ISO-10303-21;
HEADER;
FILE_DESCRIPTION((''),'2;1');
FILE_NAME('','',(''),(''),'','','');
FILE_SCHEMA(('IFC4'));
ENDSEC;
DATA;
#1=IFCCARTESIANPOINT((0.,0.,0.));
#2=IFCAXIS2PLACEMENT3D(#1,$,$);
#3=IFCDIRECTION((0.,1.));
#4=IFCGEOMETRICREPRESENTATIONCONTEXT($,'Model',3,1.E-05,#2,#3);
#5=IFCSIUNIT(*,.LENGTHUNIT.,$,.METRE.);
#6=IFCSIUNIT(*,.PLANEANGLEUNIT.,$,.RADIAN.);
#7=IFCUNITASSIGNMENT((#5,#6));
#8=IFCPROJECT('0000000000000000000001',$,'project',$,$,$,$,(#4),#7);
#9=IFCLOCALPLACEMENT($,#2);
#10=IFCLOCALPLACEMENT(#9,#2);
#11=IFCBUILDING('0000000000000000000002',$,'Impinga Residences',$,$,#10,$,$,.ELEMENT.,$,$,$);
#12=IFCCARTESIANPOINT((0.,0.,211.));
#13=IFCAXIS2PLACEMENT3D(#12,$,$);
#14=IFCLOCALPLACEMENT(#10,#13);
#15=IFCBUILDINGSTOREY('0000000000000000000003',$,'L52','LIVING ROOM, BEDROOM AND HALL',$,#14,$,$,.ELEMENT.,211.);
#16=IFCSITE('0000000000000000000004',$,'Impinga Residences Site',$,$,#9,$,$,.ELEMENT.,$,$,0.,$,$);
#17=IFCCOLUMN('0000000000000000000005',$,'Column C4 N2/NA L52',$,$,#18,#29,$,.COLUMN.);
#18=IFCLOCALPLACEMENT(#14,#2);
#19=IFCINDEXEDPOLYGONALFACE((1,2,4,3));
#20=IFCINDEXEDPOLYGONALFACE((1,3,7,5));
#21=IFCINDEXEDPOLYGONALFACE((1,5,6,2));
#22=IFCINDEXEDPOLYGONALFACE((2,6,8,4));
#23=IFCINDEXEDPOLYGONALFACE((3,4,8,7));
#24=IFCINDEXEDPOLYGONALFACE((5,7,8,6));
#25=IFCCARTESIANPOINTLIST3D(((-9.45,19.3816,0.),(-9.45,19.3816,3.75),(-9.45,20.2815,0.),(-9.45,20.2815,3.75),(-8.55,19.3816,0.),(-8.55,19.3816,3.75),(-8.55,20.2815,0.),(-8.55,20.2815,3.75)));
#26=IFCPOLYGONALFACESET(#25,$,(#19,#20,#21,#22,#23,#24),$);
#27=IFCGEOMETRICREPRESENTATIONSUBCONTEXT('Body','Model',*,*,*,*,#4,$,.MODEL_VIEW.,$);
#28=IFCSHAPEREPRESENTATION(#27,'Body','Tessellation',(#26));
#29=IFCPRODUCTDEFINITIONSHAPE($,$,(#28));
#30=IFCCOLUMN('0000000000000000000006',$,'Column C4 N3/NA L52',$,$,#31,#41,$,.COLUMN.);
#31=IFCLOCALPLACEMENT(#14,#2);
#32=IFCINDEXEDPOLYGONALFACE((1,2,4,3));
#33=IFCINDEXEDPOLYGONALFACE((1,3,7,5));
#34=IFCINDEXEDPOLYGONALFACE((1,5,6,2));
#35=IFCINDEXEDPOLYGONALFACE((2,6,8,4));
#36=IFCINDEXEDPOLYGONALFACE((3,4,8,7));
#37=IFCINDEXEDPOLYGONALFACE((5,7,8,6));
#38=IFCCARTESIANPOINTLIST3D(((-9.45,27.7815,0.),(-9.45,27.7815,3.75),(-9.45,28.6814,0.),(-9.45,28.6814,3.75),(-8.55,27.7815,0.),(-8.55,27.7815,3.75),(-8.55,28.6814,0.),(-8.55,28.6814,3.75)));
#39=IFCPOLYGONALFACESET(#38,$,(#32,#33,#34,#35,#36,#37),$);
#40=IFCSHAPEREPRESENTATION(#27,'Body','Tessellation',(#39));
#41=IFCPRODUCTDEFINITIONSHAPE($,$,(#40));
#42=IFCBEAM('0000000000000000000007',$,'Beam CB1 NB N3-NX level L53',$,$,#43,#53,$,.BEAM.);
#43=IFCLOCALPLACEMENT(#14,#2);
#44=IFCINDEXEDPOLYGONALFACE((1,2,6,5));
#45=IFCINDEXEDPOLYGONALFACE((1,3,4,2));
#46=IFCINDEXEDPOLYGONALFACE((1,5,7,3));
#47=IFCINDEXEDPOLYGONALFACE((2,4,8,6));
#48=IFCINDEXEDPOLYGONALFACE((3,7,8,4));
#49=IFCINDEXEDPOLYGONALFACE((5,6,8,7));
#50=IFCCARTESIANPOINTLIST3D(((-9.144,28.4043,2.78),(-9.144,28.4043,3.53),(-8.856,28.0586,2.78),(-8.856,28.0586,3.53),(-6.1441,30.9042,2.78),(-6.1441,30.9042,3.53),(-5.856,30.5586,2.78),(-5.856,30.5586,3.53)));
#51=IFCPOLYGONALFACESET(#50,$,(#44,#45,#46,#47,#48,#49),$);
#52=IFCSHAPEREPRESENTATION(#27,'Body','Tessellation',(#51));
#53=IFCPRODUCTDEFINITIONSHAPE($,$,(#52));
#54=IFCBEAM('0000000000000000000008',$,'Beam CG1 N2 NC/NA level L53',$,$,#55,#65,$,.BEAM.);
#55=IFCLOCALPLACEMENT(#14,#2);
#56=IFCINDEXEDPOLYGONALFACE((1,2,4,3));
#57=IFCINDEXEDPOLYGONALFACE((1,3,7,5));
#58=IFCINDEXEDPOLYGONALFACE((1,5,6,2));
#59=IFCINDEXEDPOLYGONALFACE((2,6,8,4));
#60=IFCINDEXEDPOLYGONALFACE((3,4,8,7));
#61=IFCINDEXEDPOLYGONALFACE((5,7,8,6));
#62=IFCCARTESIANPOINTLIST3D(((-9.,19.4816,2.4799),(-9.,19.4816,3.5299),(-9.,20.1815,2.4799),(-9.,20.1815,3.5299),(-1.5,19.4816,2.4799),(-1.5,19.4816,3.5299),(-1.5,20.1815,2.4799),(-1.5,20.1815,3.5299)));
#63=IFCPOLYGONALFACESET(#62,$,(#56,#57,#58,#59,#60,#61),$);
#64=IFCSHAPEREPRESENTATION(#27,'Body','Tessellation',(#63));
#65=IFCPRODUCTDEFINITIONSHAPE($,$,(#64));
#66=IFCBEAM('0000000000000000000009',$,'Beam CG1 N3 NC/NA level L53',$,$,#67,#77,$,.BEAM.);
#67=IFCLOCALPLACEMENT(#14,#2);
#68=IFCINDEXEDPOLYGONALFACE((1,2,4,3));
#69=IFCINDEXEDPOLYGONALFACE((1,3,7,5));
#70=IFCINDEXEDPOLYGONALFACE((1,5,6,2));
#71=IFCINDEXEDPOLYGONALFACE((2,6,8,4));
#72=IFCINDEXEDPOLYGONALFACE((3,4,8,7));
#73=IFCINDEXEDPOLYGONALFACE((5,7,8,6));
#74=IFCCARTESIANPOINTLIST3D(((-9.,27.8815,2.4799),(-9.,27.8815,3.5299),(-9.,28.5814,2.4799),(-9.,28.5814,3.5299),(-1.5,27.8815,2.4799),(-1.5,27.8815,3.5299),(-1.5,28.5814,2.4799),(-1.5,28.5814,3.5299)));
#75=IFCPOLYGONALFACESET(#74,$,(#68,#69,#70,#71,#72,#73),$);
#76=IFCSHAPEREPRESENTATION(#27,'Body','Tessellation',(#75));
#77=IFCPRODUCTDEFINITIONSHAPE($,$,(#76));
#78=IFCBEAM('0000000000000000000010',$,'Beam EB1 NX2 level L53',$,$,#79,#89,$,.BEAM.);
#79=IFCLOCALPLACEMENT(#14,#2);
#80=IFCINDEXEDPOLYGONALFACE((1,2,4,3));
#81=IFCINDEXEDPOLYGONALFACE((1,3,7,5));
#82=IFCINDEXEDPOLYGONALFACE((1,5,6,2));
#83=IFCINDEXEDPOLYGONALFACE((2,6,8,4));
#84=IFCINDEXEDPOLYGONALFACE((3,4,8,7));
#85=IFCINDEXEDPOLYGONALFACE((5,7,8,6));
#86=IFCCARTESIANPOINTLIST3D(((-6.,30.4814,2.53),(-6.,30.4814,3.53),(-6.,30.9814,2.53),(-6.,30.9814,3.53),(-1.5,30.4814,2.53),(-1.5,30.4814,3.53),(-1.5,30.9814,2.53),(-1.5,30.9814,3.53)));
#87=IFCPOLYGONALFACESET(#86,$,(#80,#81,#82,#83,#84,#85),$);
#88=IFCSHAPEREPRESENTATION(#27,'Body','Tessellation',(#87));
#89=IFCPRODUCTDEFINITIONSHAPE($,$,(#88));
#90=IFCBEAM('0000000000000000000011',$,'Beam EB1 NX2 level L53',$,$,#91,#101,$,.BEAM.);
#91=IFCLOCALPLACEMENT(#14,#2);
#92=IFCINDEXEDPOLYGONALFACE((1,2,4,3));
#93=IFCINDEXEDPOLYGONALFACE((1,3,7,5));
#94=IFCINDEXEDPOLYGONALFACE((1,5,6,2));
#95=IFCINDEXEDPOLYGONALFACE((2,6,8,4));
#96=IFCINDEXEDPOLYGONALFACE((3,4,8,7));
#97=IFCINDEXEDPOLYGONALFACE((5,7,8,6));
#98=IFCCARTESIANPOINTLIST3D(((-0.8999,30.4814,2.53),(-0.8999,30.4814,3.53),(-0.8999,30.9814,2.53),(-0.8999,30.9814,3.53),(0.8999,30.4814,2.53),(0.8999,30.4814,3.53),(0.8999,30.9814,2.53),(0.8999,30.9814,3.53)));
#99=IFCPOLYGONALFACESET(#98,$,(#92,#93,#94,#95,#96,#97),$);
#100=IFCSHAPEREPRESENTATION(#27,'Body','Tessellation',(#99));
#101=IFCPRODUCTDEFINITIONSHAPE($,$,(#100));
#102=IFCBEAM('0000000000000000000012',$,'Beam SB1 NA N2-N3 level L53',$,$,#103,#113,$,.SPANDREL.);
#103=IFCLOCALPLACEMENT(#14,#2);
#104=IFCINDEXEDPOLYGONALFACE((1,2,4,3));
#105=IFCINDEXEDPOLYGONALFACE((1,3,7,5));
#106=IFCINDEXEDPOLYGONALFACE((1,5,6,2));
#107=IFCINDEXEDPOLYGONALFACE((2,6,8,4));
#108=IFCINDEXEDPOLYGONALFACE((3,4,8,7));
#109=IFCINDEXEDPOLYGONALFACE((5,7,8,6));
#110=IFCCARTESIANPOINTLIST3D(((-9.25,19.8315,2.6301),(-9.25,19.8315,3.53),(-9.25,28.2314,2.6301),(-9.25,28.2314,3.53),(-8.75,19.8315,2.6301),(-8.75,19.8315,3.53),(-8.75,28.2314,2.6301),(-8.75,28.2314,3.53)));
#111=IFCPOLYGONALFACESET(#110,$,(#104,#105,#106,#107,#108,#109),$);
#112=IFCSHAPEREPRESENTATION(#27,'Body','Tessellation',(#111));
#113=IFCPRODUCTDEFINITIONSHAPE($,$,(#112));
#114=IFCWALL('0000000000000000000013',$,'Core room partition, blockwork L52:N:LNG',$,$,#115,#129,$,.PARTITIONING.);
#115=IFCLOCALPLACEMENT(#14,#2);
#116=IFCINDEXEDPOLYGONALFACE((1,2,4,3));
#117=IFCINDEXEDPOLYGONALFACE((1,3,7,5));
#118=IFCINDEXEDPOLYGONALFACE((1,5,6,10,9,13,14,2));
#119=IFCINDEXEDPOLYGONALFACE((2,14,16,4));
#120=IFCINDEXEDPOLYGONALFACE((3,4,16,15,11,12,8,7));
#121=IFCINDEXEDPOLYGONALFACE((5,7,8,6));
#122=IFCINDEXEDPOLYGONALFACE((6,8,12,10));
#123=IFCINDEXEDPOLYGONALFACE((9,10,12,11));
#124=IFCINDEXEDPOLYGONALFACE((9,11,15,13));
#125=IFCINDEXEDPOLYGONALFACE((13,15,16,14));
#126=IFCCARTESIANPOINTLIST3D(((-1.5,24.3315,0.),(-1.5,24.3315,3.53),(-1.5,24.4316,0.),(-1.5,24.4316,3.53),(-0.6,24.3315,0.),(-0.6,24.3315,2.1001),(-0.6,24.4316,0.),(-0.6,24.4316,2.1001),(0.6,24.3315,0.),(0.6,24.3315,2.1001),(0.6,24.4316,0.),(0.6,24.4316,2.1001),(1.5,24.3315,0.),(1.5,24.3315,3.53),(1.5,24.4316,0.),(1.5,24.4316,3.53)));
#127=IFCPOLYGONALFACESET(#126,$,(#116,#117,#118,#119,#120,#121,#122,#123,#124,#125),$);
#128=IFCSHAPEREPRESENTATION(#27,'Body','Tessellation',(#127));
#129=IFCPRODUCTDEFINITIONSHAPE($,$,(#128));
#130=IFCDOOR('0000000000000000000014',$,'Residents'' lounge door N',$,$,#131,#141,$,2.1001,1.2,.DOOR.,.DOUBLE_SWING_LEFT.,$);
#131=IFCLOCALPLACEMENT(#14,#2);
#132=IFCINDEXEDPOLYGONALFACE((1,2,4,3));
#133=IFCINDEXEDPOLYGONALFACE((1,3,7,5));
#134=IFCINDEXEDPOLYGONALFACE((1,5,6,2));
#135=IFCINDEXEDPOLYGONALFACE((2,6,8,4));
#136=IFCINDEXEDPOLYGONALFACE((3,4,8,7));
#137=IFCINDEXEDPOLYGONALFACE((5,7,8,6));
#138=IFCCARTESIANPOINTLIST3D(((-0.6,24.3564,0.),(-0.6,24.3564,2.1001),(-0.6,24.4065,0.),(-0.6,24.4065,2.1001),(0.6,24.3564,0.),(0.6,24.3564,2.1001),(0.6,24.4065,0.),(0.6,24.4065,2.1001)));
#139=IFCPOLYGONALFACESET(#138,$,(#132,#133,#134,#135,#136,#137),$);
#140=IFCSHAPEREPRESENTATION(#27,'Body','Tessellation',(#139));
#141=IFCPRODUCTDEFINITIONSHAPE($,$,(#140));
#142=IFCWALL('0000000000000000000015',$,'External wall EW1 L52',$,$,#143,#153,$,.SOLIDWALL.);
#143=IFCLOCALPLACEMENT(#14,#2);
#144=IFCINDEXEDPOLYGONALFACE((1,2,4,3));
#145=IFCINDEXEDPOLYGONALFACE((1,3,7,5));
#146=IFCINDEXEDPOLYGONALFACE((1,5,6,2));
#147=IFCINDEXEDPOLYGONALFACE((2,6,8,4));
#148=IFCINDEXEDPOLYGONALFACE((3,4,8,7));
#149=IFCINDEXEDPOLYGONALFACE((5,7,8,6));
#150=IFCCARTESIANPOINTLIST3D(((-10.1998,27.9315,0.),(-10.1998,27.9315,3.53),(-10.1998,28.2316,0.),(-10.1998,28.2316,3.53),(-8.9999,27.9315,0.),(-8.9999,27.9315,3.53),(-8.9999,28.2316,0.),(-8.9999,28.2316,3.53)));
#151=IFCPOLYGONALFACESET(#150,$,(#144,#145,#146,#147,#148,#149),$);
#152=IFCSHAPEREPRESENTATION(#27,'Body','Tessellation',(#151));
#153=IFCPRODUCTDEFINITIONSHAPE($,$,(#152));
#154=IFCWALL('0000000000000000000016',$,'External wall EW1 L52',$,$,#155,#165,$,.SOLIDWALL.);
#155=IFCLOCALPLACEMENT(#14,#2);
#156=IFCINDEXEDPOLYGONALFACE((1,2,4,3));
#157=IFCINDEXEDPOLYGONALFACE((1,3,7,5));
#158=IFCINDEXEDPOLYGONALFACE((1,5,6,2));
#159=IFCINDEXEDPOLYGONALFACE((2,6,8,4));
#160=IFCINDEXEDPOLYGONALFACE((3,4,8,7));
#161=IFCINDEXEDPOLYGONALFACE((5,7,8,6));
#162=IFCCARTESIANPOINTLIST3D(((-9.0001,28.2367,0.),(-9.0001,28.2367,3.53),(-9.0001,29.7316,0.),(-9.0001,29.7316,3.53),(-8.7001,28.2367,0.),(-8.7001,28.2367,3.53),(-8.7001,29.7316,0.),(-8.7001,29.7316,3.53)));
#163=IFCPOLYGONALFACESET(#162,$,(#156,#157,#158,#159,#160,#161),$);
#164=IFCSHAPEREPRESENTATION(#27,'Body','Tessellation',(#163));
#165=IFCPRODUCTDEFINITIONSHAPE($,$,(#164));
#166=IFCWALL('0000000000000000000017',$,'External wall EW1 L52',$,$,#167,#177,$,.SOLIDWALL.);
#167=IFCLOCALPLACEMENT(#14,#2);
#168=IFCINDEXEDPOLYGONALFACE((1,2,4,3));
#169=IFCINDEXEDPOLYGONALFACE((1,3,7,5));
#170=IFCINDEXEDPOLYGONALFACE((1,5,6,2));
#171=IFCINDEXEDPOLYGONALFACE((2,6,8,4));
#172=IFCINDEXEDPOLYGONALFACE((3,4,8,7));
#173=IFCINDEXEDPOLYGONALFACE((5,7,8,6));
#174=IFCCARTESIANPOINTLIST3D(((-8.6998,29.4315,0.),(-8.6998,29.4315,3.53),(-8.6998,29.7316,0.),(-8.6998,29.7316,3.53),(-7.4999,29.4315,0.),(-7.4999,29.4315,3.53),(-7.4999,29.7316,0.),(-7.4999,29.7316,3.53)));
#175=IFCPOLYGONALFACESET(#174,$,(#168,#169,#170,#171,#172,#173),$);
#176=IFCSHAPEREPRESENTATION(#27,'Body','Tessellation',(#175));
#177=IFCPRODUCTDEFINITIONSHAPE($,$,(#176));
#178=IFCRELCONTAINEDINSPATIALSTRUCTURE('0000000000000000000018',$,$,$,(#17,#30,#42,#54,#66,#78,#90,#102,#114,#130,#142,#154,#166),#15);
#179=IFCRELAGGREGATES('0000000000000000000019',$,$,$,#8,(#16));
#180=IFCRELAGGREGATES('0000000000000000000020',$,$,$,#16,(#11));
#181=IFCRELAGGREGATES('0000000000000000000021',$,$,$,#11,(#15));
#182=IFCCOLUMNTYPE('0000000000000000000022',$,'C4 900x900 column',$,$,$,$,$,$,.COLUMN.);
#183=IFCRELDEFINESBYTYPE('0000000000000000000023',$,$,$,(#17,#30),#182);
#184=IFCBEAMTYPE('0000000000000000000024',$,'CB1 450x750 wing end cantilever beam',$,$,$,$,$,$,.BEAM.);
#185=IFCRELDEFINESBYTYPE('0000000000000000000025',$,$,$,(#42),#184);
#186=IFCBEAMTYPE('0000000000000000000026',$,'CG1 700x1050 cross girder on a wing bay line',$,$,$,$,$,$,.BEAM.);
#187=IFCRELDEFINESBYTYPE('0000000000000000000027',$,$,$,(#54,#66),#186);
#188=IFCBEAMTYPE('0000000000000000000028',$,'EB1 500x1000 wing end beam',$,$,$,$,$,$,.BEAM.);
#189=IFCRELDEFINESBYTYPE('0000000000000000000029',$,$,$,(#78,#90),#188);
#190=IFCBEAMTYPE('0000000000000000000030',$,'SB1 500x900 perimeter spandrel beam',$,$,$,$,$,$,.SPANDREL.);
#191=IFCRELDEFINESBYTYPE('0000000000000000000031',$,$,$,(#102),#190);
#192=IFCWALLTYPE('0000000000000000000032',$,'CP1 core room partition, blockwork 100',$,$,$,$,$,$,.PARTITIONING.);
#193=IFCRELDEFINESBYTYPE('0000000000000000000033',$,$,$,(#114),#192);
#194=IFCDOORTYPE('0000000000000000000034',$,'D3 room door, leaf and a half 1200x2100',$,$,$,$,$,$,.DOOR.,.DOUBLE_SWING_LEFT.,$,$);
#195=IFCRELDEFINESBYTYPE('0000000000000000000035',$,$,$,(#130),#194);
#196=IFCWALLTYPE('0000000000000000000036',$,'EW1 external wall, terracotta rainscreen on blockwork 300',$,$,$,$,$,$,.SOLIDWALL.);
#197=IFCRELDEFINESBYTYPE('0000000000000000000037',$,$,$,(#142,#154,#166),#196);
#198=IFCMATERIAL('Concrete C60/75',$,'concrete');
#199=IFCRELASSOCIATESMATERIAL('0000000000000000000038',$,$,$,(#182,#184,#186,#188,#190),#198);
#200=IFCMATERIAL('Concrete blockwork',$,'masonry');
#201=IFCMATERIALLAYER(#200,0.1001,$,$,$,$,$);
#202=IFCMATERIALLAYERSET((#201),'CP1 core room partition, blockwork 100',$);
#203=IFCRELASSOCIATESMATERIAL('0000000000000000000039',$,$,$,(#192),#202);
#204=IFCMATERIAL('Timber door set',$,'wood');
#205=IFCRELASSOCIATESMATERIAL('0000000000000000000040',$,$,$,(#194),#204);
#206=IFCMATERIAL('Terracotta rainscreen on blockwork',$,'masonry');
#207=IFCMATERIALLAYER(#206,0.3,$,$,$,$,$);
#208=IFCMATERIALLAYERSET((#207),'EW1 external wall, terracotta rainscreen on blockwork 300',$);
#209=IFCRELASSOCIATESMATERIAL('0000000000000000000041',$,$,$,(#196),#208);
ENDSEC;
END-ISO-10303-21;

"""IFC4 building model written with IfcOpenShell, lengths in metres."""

from ifc_helpers import new_model, si_unit, direction, frame, frame_2d, origin, origin_2d, place, context, subcontext, project, spatial, rectangle, extrude, material, layer, layer_set, material_profile, profile_set, type_object, element, fill, save


model = new_model("IFC4")

# Units and contexts
model_context = context("Model", 3, precision=1e-05, world=origin(), true_north=direction((0.0, 1.0)))
body_context = subcontext(model_context, "Body", "Model", "MODEL_VIEW")
ifc_project = project(units=[si_unit("LENGTHUNIT", "METRE"), si_unit("PLANEANGLEUNIT", "RADIAN")], contexts=[model_context])

# Site, building, storey
site_placement = place(None, origin())
site = spatial("IfcSite", under=ifc_project, at=site_placement, Name="Impinga Residences Site", CompositionType="ELEMENT", RefElevation=0.0)
building_placement = place(site_placement, origin())
building = spatial("IfcBuilding", under=site, at=building_placement, Name="Impinga Residences", CompositionType="ELEMENT")
storey_placement = place(building_placement, frame((0.0, 0.0, 211.0)))
storey = spatial("IfcBuildingStorey", under=building, at=storey_placement, Name="L52", Description="LIVING ROOM, BEDROOM AND HALL", CompositionType="ELEMENT", Elevation=211.0)

# Columns
ifc_material_1 = material(Name="Concrete C60/75", Category="concrete")
ifc_material_profile_1 = material_profile(ifc_material_1, rectangle(XDim=0.8999, YDim=0.8999, at=origin_2d()), Name="RC 900x900")
ifc_profile_set_1 = profile_set([ifc_material_profile_1], Name="Concrete C60/75")
column_type = type_object("IfcColumnType", Name="C4 900x900 column", PredefinedType="COLUMN", material=ifc_profile_set_1)
for number, where, z_axis, x_axis, name in (
    (1, (-9.0, 19.8315, 0.0), (0.0, 0.0, 1.0), (1.0, 0.0, 0.0), "Column C4 N2/NA L52"),
    (2, (-9.0, 28.2314, 0.0), (0.0, 0.0, 1.0), (1.0, 0.0, 0.0), "Column C4 N3/NA L52"),
):
    element("IfcColumn", number, at=place(storey_placement, frame(where, z_axis=z_axis, x_axis=x_axis)), inside=storey, type_object=column_type, Name=name, PredefinedType="COLUMN", context=body_context, shape_type="SweptSolid", body=[
        extrude(rectangle(XDim=0.8999, YDim=0.8999, at=origin_2d()), origin(), (0.0, 0.0, 1.0), 3.75),
    ])

# Beams
ifc_material_profile_2 = material_profile(ifc_material_1, rectangle(XDim=0.45, YDim=0.75, at=origin_2d()), Name="RC 450x750")
ifc_profile_set_2 = profile_set([ifc_material_profile_2], Name="Concrete C60/75")
beam_type_1 = type_object("IfcBeamType", Name="CB1 450x750 wing end cantilever beam", PredefinedType="BEAM", material=ifc_profile_set_2)
beam_1_placement = place(storey_placement, frame((-9.0, 28.2314, 3.155), z_axis=(0.768221, 0.640184, 0.0), x_axis=(-0.640184, 0.768221, 0.0)))
element("IfcBeam", 3, at=beam_1_placement, inside=storey, type_object=beam_type_1, Name="Beam CB1 NB N3-NX level L53", PredefinedType="BEAM", context=body_context, shape_type="SweptSolid", body=[
    extrude(rectangle(XDim=0.45, YDim=0.75, at=origin_2d()), origin(), (0.0, 0.0, 1.0), 3.905),
])
ifc_material_profile_3 = material_profile(ifc_material_1, rectangle(XDim=0.7, YDim=1.05, at=origin_2d()), Name="RC 700x1050")
ifc_profile_set_3 = profile_set([ifc_material_profile_3], Name="Concrete C60/75")
beam_type_2 = type_object("IfcBeamType", Name="CG1 700x1050 cross girder on a wing bay line", PredefinedType="BEAM", material=ifc_profile_set_3)
for number, where, z_axis, x_axis, name in (
    (4, (-1.5, 19.8315, 3.0049), (-1.0, 0.0, 0.0), (0.0, -1.0, 0.0), "Beam CG1 N2 NC/NA level L53"),
    (5, (-1.5, 28.2314, 3.0049), (-1.0, 0.0, 0.0), (0.0, -1.0, 0.0), "Beam CG1 N3 NC/NA level L53"),
):
    element("IfcBeam", number, at=place(storey_placement, frame(where, z_axis=z_axis, x_axis=x_axis)), inside=storey, type_object=beam_type_2, Name=name, PredefinedType="BEAM", context=body_context, shape_type="SweptSolid", body=[
        extrude(rectangle(XDim=0.7, YDim=1.05, at=origin_2d()), origin(), (0.0, 0.0, 1.0), 7.5),
    ])
ifc_material_profile_4 = material_profile(ifc_material_1, rectangle(XDim=0.5, YDim=1.0, at=origin_2d()), Name="RC 500x1000")
ifc_profile_set_4 = profile_set([ifc_material_profile_4], Name="Concrete C60/75")
beam_type_3 = type_object("IfcBeamType", Name="EB1 500x1000 wing end beam", PredefinedType="BEAM", material=ifc_profile_set_4)
beam_2_placement = place(storey_placement, frame((-6.0, 30.7314, 3.03), z_axis=(1.0, 0.0, 0.0), x_axis=(0.0, 1.0, 0.0)))
element("IfcBeam", 6, at=beam_2_placement, inside=storey, type_object=beam_type_3, Name="Beam EB1 NX2 level L53", PredefinedType="BEAM", context=body_context, shape_type="SweptSolid", body=[
    extrude(rectangle(XDim=0.5, YDim=1.0, at=origin_2d()), origin(), (0.0, 0.0, 1.0), 4.5),
])
beam_3_placement = place(storey_placement, frame((-0.8999, 30.7314, 3.03), z_axis=(1.0, 0.0, 0.0), x_axis=(0.0, 1.0, 0.0)))
element("IfcBeam", 7, at=beam_3_placement, inside=storey, type_object=beam_type_3, Name="Beam EB1 NX2 level L53", PredefinedType="BEAM", context=body_context, shape_type="SweptSolid", body=[
    extrude(rectangle(XDim=0.5, YDim=1.0, at=origin_2d()), origin(), (0.0, 0.0, 1.0), 1.7998),
])
ifc_material_profile_5 = material_profile(ifc_material_1, rectangle(XDim=0.5, YDim=0.8999, at=origin_2d()), Name="RC 500x900")
ifc_profile_set_5 = profile_set([ifc_material_profile_5], Name="Concrete C60/75")
beam_type_4 = type_object("IfcBeamType", Name="SB1 500x900 perimeter spandrel beam", PredefinedType="SPANDREL", material=ifc_profile_set_5)
beam_4_placement = place(storey_placement, frame((-9.0, 19.8315, 3.0801), z_axis=(0.0, 1.0, 0.0), x_axis=(-1.0, 0.0, 0.0)))
element("IfcBeam", 8, at=beam_4_placement, inside=storey, type_object=beam_type_4, Name="Beam SB1 NA N2-N3 level L53", PredefinedType="SPANDREL", context=body_context, shape_type="SweptSolid", body=[
    extrude(rectangle(XDim=0.5, YDim=0.8999, at=origin_2d()), origin(), (0.0, 0.0, 1.0), 8.3999),
])

# Wall, opening, door
ifc_material_2 = material(Name="Concrete blockwork", Category="masonry")
ifc_layer_1 = layer(ifc_material_2, 0.1001)
ifc_layer_set_1 = layer_set([ifc_layer_1], Name="CP1 core room partition, blockwork 100")
wall_type_1 = type_object("IfcWallType", Name="CP1 core room partition, blockwork 100", PredefinedType="PARTITIONING", material=ifc_layer_set_1)
wall_1_placement = place(storey_placement, frame((-1.5, 24.3816, 0.0), z_axis=(0.0, 0.0, 1.0), x_axis=(1.0, 0.0, 0.0)))
wall_1 = element("IfcWall", 9, at=wall_1_placement, inside=storey, type_object=wall_type_1, Name="Core room partition, blockwork L52:N:LNG", PredefinedType="PARTITIONING", context=body_context, shape_type="SweptSolid", body=[
    extrude(rectangle(XDim=3.0, YDim=0.1001, at=frame_2d((1.5, 0.0))), origin(), (0.0, 0.0, 1.0), 3.53),
])
opening_1_placement = place(wall_1_placement, frame((0.8999, 0.0, 0.0)))
opening_1 = element("IfcOpeningElement", 10, at=opening_1_placement, cuts=wall_1, PredefinedType="OPENING", context=body_context, shape_type="SweptSolid", body=[
    extrude(rectangle(XDim=1.2, YDim=2.1001, at=frame_2d((0.6001, 1.05))), frame((0.0, 0.0601, 0.0), z_axis=(0.0, -1.0, 0.0), x_axis=(1.0, 0.0, 0.0)), (0.0, 0.0, 1.0), 0.1201),
])
ifc_material_3 = material(Name="Timber door set", Category="wood")
door_type_1 = type_object("IfcDoorType", Name="D3 room door, leaf and a half 1200x2100", OperationType="DOUBLE_SWING_LEFT", PredefinedType="DOOR", material=ifc_material_3)
door_1_placement = place(opening_1_placement, origin())
door_1 = element("IfcDoor", 11, at=door_1_placement, inside=storey, type_object=door_type_1, Name="Residents' lounge door N", OperationType="DOUBLE_SWING_LEFT", OverallHeight=2.1001, OverallWidth=1.2, PredefinedType="DOOR", context=body_context, shape_type="SweptSolid", body=[
    extrude(rectangle(XDim=1.2, YDim=2.1001, at=frame_2d((0.6001, 1.05))), frame((0.0, 0.0249, 0.0), z_axis=(0.0, -1.0, 0.0), x_axis=(1.0, 0.0, 0.0)), (0.0, 0.0, 1.0), 0.05),
])
fill(opening_1, door_1)

# Walls
ifc_material_4 = material(Name="Terracotta rainscreen on blockwork", Category="masonry")
ifc_layer_2 = layer(ifc_material_4, 0.3)
ifc_layer_set_2 = layer_set([ifc_layer_2], Name="EW1 external wall, terracotta rainscreen on blockwork 300")
wall_type_2 = type_object("IfcWallType", Name="EW1 external wall, terracotta rainscreen on blockwork 300", PredefinedType="SOLIDWALL", material=ifc_layer_set_2)
wall_2_placement = place(storey_placement, frame((-10.2, 28.0815, 0.0), z_axis=(0.0, 0.0, 1.0), x_axis=(1.0, 0.0, 0.0)))
element("IfcWall", 12, at=wall_2_placement, inside=storey, type_object=wall_type_2, Name="External wall EW1 L52", PredefinedType="SOLIDWALL", context=body_context, shape_type="SweptSolid", body=[
    extrude(rectangle(XDim=1.2, YDim=0.3, at=frame_2d((0.6001, 0.0))), origin(), (0.0, 0.0, 1.0), 3.53),
])
wall_3_placement = place(storey_placement, frame((-8.8501, 28.2366, 0.0), z_axis=(0.0, 0.0, 1.0), x_axis=(0.0, 1.0, 0.0)))
element("IfcWall", 13, at=wall_3_placement, inside=storey, type_object=wall_type_2, Name="External wall EW1 L52", PredefinedType="SOLIDWALL", context=body_context, shape_type="SweptSolid", body=[
    extrude(rectangle(XDim=1.4949, YDim=0.3, at=frame_2d((0.7476, 0.0))), origin(), (0.0, 0.0, 1.0), 3.53),
])
wall_4_placement = place(storey_placement, frame((-8.7, 29.5815, 0.0), z_axis=(0.0, 0.0, 1.0), x_axis=(1.0, 0.0, 0.0)))
element("IfcWall", 14, at=wall_4_placement, inside=storey, type_object=wall_type_2, Name="External wall EW1 L52", PredefinedType="SOLIDWALL", context=body_context, shape_type="SweptSolid", body=[
    extrude(rectangle(XDim=1.2, YDim=0.3, at=frame_2d((0.6001, 0.0))), origin(), (0.0, 0.0, 1.0), 3.53),
])

save(model, "model.ifc")
